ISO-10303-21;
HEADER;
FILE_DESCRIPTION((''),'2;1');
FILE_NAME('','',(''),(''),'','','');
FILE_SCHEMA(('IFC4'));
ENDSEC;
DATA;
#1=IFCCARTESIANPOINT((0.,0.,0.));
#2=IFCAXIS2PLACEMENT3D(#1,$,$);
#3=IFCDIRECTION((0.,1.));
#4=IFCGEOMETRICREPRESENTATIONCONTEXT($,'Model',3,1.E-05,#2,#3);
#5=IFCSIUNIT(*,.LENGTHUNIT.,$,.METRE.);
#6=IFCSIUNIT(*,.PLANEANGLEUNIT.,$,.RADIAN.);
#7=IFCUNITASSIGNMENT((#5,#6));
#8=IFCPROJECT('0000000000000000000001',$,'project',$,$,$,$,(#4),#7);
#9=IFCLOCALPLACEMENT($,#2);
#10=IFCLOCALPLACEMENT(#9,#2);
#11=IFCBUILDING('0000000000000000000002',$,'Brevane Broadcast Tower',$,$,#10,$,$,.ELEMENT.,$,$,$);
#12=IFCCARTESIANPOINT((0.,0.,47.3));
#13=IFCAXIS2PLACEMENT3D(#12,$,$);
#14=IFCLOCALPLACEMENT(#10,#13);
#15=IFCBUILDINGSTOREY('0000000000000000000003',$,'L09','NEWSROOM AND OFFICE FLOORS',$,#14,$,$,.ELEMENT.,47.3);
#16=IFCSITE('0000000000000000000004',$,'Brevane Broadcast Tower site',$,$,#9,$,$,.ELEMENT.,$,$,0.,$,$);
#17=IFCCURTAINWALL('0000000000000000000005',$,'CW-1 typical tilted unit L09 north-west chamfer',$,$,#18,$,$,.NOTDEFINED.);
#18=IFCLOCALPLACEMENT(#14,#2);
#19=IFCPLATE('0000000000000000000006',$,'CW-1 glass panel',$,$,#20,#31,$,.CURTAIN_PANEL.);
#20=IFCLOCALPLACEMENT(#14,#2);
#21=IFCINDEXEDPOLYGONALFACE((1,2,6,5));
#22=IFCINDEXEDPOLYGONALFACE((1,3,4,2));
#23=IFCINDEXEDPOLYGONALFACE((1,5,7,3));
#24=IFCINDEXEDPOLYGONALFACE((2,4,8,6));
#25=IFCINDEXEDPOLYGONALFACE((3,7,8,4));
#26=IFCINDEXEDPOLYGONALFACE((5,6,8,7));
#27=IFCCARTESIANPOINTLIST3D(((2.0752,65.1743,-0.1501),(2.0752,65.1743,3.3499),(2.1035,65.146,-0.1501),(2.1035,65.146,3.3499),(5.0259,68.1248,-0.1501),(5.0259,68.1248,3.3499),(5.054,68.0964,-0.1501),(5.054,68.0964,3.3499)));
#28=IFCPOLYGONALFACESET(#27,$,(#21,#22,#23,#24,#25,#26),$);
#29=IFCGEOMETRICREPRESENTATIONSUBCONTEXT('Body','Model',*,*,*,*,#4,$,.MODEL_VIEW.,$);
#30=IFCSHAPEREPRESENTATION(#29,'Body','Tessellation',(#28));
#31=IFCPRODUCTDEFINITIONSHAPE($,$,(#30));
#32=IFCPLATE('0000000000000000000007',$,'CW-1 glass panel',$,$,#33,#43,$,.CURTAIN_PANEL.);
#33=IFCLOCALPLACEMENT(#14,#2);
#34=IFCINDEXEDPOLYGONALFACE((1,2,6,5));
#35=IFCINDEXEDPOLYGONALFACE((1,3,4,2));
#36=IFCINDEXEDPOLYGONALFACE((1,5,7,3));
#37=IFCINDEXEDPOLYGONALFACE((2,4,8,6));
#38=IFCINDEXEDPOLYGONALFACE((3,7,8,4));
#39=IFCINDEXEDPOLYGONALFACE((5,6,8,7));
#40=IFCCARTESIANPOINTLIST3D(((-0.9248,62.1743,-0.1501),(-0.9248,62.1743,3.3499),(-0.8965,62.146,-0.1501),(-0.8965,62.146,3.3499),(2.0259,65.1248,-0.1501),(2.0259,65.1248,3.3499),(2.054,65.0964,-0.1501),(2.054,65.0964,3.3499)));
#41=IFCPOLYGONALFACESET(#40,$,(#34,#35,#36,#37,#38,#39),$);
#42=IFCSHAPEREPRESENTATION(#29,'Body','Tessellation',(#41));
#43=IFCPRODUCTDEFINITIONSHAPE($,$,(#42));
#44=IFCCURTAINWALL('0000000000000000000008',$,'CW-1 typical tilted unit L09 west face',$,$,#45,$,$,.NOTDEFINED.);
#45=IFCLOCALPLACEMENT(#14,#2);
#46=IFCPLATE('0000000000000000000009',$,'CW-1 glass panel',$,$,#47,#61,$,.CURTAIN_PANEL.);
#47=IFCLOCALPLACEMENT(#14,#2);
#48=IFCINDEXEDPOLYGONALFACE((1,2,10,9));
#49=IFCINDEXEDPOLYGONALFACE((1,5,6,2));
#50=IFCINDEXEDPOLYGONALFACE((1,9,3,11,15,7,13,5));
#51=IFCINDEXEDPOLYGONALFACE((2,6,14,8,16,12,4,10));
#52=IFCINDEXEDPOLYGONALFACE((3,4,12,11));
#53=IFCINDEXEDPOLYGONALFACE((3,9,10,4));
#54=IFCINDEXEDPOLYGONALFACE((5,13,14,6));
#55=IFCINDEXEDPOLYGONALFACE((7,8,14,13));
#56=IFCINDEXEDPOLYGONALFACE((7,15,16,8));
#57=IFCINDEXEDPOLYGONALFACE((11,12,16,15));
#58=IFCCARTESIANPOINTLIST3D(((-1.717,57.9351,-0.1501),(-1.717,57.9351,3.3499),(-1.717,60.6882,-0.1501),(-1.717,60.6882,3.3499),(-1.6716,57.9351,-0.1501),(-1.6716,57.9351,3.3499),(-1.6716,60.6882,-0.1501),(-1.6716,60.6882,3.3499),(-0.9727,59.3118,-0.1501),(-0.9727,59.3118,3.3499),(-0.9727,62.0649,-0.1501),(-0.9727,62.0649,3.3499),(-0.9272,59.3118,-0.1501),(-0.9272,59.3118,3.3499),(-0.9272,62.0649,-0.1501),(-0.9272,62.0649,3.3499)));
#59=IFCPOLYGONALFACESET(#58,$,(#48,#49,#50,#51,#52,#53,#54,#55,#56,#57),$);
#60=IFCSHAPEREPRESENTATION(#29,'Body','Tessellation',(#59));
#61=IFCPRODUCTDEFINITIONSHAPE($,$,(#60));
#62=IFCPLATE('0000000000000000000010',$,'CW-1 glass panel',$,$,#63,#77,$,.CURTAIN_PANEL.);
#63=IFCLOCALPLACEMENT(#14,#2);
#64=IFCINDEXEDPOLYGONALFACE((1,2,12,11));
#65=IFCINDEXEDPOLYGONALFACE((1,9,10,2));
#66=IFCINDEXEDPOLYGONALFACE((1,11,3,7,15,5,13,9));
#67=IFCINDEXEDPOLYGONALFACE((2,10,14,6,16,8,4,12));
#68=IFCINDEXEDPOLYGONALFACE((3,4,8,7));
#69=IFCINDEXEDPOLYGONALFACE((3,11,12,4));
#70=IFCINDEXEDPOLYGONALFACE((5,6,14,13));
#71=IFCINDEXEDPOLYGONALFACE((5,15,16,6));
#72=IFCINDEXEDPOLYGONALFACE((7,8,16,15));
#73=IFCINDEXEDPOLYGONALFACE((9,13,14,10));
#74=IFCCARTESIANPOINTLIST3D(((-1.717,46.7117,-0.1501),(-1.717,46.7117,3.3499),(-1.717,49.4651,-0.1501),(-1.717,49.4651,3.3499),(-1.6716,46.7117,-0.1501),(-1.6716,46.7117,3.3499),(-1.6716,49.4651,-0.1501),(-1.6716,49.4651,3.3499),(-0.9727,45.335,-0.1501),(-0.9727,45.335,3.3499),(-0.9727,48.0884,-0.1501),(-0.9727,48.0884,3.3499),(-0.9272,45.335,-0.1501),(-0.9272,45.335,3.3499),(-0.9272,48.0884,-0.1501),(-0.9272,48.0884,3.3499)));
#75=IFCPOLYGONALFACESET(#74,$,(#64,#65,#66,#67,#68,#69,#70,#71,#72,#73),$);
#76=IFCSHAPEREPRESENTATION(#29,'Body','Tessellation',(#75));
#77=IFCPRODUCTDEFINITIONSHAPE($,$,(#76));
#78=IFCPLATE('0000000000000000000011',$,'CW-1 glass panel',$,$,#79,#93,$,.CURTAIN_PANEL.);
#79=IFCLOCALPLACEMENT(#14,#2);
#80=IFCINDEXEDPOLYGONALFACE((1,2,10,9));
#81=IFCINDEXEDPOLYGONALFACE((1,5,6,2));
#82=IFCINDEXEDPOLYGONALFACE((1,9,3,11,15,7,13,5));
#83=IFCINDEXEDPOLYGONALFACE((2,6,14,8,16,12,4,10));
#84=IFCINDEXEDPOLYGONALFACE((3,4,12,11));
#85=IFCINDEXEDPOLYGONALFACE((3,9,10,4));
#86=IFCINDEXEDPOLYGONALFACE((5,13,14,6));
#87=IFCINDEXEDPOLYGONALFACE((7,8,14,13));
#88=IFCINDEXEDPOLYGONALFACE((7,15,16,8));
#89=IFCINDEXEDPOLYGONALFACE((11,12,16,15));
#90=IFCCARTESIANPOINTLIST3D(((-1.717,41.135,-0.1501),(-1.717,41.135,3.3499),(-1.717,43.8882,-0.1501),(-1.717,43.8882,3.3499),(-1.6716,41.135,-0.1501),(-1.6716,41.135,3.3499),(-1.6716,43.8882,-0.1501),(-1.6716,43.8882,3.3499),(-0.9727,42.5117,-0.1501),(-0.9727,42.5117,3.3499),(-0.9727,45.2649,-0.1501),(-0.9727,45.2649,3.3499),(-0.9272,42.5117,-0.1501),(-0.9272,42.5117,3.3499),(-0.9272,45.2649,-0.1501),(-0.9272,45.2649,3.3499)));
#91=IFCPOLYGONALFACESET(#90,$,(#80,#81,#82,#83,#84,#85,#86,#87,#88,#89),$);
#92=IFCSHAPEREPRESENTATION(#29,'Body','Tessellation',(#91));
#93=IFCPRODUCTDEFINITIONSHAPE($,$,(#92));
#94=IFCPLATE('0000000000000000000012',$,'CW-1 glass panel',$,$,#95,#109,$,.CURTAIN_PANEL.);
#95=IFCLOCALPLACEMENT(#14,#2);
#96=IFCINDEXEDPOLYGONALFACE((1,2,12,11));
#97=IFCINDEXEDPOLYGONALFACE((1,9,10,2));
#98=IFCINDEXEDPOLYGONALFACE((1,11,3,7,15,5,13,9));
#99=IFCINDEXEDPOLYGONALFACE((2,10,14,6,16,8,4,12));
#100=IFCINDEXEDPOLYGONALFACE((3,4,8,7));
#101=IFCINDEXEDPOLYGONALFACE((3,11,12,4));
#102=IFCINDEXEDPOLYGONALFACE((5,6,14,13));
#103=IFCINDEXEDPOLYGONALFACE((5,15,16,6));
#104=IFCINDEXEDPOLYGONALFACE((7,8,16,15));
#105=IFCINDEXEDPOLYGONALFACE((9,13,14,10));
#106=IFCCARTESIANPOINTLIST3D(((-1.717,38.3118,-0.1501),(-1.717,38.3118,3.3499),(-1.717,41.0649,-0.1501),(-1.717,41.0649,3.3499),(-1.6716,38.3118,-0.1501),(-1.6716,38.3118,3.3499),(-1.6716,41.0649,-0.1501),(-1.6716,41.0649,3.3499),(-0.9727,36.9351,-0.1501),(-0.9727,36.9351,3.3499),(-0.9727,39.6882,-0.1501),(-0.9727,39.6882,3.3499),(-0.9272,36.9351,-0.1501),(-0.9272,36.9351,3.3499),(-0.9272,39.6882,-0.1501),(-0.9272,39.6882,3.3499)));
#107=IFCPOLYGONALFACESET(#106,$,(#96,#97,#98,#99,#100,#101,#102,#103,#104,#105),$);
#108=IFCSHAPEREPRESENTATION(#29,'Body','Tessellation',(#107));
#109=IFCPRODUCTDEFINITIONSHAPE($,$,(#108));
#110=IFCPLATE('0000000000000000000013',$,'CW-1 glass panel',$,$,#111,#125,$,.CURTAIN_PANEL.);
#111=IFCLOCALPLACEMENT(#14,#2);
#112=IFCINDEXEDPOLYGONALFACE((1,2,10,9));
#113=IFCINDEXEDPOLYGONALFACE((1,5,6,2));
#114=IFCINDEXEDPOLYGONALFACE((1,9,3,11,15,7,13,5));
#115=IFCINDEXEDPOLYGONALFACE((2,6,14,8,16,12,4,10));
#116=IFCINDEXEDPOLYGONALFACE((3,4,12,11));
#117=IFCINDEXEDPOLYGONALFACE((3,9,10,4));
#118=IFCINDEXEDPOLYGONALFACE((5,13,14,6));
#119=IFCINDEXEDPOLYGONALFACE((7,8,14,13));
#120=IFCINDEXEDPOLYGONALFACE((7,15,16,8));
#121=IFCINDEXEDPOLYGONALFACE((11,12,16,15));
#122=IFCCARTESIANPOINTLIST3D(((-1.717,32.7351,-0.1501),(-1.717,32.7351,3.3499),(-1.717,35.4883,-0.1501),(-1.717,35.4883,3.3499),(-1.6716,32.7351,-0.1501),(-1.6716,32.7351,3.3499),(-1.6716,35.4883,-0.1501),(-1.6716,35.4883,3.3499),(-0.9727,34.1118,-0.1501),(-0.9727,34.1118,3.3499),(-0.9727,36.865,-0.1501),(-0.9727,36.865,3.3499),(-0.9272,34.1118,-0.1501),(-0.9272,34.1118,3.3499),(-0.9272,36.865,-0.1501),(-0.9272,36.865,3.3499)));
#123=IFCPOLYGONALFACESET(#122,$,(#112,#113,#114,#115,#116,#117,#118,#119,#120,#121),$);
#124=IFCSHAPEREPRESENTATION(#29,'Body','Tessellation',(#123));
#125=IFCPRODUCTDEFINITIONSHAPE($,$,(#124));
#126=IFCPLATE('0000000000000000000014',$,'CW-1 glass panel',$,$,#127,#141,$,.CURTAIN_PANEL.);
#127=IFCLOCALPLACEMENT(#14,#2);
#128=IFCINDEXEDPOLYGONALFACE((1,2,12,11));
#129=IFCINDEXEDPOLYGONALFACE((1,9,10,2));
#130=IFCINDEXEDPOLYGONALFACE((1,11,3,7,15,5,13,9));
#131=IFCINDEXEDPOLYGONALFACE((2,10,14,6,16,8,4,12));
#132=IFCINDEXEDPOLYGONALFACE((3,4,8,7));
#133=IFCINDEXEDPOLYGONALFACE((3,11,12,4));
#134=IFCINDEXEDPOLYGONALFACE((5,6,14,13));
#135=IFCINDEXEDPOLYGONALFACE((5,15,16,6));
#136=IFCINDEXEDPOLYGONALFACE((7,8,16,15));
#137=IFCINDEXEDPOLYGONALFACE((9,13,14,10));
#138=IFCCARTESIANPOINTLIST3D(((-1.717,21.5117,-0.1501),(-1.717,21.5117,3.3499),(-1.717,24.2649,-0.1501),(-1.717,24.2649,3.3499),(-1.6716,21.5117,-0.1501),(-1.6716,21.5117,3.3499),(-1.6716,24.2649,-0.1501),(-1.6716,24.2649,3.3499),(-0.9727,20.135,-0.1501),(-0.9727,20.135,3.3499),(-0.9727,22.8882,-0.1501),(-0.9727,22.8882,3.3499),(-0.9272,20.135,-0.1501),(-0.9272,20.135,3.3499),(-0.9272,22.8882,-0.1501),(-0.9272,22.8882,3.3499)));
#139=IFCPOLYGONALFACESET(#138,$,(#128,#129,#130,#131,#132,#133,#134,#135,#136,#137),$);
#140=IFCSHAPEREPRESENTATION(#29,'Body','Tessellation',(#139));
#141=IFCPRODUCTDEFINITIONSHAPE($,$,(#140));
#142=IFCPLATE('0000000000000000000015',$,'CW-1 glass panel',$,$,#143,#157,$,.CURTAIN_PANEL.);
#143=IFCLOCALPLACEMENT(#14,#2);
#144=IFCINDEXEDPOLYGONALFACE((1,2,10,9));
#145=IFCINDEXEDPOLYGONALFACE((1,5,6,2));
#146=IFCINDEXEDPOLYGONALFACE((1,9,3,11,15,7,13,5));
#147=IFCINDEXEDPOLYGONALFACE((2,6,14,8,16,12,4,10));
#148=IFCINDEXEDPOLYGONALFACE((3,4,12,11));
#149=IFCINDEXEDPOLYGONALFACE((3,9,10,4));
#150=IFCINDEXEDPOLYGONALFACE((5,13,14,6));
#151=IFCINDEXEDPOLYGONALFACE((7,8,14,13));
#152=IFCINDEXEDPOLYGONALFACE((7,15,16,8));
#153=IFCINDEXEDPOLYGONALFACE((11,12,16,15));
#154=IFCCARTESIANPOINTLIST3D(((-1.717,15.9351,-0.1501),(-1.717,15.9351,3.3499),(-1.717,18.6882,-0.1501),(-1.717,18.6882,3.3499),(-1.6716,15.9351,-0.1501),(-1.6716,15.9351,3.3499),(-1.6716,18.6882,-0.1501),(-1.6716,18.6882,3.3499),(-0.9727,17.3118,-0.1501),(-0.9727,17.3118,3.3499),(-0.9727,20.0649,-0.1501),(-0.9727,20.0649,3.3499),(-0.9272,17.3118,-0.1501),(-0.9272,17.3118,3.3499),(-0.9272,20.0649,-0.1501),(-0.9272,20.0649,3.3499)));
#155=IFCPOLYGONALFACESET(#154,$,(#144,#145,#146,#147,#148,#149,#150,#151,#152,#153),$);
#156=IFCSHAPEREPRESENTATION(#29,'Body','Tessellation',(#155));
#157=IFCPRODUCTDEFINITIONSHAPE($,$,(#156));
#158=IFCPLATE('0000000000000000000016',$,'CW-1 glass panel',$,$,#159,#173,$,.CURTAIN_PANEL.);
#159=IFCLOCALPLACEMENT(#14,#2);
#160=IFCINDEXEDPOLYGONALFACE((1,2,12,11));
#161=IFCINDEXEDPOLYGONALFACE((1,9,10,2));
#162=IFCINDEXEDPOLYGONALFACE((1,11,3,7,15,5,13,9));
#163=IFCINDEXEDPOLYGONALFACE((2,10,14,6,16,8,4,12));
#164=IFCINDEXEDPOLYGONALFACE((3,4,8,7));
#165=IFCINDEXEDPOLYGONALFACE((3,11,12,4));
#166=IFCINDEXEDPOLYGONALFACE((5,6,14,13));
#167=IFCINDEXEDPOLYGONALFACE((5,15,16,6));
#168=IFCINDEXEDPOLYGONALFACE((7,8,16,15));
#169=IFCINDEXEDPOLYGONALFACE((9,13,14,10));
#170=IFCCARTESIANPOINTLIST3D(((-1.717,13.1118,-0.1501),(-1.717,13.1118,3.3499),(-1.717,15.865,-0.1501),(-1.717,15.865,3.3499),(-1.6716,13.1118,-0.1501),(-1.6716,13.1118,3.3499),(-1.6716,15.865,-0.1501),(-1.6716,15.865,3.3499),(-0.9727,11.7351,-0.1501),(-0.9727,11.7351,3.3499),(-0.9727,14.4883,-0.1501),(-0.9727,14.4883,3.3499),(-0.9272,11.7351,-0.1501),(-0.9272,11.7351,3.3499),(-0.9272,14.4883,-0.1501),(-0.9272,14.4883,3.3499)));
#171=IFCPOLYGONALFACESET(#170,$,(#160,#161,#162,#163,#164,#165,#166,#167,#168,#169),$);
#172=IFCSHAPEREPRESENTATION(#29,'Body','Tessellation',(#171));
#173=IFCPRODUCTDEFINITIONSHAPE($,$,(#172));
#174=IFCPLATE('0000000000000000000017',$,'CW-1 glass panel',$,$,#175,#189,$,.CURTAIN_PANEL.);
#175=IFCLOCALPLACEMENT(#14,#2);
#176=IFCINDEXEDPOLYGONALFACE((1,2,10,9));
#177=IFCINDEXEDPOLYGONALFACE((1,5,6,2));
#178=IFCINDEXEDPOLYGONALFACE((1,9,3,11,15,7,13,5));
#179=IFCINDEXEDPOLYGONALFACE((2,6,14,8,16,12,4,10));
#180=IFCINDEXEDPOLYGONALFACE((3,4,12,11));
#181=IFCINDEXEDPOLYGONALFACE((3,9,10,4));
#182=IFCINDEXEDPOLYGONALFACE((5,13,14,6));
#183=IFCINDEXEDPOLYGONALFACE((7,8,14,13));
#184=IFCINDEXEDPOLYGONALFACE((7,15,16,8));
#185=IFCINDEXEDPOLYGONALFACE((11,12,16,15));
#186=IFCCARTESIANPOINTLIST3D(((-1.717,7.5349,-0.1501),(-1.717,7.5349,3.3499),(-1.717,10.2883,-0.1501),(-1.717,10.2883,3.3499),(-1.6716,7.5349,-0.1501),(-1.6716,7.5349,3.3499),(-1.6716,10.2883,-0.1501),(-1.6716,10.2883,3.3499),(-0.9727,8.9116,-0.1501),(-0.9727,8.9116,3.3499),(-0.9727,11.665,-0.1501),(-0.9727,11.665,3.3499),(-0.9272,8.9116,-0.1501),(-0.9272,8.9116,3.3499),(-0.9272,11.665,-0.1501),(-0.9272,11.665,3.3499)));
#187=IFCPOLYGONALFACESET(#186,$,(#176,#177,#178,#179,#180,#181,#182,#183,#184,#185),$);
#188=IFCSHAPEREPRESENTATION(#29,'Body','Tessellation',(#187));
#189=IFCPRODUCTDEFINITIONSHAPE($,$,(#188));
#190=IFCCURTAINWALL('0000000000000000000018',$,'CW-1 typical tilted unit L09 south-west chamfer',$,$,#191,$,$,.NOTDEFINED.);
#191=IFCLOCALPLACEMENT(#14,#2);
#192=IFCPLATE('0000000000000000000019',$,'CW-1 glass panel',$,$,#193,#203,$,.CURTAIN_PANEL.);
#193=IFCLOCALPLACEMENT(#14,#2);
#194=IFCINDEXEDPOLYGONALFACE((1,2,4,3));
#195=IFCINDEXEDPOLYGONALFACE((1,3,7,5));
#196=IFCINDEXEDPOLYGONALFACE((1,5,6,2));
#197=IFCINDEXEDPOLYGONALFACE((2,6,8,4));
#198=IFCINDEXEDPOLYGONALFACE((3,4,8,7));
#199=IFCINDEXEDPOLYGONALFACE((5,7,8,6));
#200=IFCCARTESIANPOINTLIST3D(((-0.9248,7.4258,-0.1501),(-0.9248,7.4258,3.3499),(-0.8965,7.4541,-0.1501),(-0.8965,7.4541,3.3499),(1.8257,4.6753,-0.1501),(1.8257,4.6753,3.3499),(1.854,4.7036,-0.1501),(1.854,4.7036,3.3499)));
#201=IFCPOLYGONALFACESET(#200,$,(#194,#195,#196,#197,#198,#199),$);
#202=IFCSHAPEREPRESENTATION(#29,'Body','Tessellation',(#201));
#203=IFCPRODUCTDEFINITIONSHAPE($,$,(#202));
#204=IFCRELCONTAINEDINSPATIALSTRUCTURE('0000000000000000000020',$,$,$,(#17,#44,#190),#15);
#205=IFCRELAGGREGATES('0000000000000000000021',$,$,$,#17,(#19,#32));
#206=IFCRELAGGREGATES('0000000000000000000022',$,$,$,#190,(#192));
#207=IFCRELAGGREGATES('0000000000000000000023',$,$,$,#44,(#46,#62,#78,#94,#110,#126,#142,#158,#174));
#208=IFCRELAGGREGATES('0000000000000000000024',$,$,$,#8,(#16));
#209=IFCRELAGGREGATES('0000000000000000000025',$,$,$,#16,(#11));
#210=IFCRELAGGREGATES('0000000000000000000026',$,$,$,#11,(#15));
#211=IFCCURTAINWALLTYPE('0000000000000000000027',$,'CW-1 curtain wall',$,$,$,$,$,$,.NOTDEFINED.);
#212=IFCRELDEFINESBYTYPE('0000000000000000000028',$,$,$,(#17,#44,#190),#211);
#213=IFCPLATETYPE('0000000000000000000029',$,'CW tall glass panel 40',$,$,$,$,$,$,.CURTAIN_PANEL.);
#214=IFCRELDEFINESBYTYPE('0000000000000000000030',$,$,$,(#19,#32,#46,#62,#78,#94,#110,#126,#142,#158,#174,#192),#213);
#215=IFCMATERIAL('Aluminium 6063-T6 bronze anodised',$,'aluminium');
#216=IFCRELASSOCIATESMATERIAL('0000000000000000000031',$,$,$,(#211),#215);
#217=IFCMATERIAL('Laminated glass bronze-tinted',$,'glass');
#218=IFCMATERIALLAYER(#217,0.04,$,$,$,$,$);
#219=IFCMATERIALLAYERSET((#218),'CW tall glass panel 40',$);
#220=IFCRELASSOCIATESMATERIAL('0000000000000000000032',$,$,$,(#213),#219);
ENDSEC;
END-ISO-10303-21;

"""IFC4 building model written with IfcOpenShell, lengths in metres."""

from ifc_helpers import new_model, si_unit, direction, frame, origin, place, context, subcontext, project, spatial, polyline, outline, extrude, material, layer, layer_set, type_object, element, aggregate, save


model = new_model("IFC4")

# Units and contexts
model_context = context("Model", 3, precision=1e-05, world=origin(), true_north=direction((0.0, 1.0)))
body_context = subcontext(model_context, "Body", "Model", "MODEL_VIEW")
ifc_project = project(units=[si_unit("LENGTHUNIT", "METRE"), si_unit("PLANEANGLEUNIT", "RADIAN")], contexts=[model_context])

# Site, building, storey
site_placement = place(None, origin())
site = spatial("IfcSite", under=ifc_project, at=site_placement, Name="Brevane Broadcast Tower site", CompositionType="ELEMENT", RefElevation=0.0)
building_placement = place(site_placement, origin())
building = spatial("IfcBuilding", under=site, at=building_placement, Name="Brevane Broadcast Tower", CompositionType="ELEMENT")
storey_placement = place(building_placement, frame((0.0, 0.0, 47.3)))
storey = spatial("IfcBuildingStorey", under=building, at=storey_placement, Name="L09", Description="NEWSROOM AND OFFICE FLOORS", CompositionType="ELEMENT", Elevation=47.3)

# Curtain walls, plates
ifc_material_1 = material(Name="Aluminium 6063-T6 bronze anodised", Category="aluminium")
curtain_wall_type = type_object("IfcCurtainWallType", Name="CW-1 curtain wall", PredefinedType="NOTDEFINED", material=ifc_material_1)
curtain_wall_1_placement = place(storey_placement, origin())
curtain_wall_1 = element("IfcCurtainWall", 1, at=curtain_wall_1_placement, inside=storey, type_object=curtain_wall_type, Name="CW-1 typical tilted unit L09 north-west chamfer", PredefinedType="NOTDEFINED")
ifc_material_2 = material(Name="Laminated glass bronze-tinted", Category="glass")
ifc_layer_1 = layer(ifc_material_2, 0.04)
ifc_layer_set_1 = layer_set([ifc_layer_1], Name="CW tall glass panel 40")
plate_type = type_object("IfcPlateType", Name="CW tall glass panel 40", PredefinedType="CURTAIN_PANEL", material=ifc_layer_set_1)
plate_1_placement = place(storey_placement, frame((0.0, 0.0, -0.1501)))
plate_1 = element("IfcPlate", 2, at=plate_1_placement, type_object=plate_type, Name="CW-1 glass panel", PredefinedType="CURTAIN_PANEL", context=body_context, shape_type="SweptSolid", body=[
    extrude(outline(polyline([(5.054, 68.0964), (2.1035, 65.146), (2.0752, 65.1743), (5.0259, 68.1248), (5.054, 68.0964)])), origin(), (0.0, 0.0, 1.0), 3.5),
])
plate_2_placement = place(storey_placement, frame((0.0, 0.0, -0.1501)))
plate_2 = element("IfcPlate", 3, at=plate_2_placement, type_object=plate_type, Name="CW-1 glass panel", PredefinedType="CURTAIN_PANEL", context=body_context, shape_type="SweptSolid", body=[
    extrude(outline(polyline([(2.054, 65.0964), (-0.8965, 62.146), (-0.9248, 62.1743), (2.0259, 65.1248), (2.054, 65.0964)])), origin(), (0.0, 0.0, 1.0), 3.5),
])
aggregate(curtain_wall_1, [plate_1, plate_2])
curtain_wall_2_placement = place(storey_placement, origin())
curtain_wall_2 = element("IfcCurtainWall", 4, at=curtain_wall_2_placement, inside=storey, type_object=curtain_wall_type, Name="CW-1 typical tilted unit L09 west face", PredefinedType="NOTDEFINED")
plate_3_placement = place(storey_placement, frame((0.0, 0.0, -0.1501)))
plate_3 = element("IfcPlate", 5, at=plate_3_placement, type_object=plate_type, Name="CW-1 glass panel", PredefinedType="CURTAIN_PANEL", context=body_context, shape_type="SweptSolid", body=[
    extrude(outline(polyline([(-0.9272, 62.0649), (-0.9727, 62.0649), (-1.717, 60.6882), (-0.9727, 59.3118), (-1.717, 57.9351), (-1.6716, 57.9351), (-0.9272, 59.3118), (-1.6716, 60.6882), (-0.9272, 62.0649)])), origin(), (0.0, 0.0, 1.0), 3.5),
])
plate_4_placement = place(storey_placement, frame((0.0, 0.0, -0.1501)))
plate_4 = element("IfcPlate", 6, at=plate_4_placement, type_object=plate_type, Name="CW-1 glass panel", PredefinedType="CURTAIN_PANEL", context=body_context, shape_type="SweptSolid", body=[
    extrude(outline(polyline([(-1.6716, 49.4651), (-1.717, 49.4651), (-0.9727, 48.0884), (-1.717, 46.7117), (-0.9727, 45.335), (-0.9272, 45.335), (-1.6716, 46.7117), (-0.9272, 48.0884), (-1.6716, 49.4651)])), origin(), (0.0, 0.0, 1.0), 3.5),
])
plate_5_placement = place(storey_placement, frame((0.0, 0.0, -0.1501)))
plate_5 = element("IfcPlate", 7, at=plate_5_placement, type_object=plate_type, Name="CW-1 glass panel", PredefinedType="CURTAIN_PANEL", context=body_context, shape_type="SweptSolid", body=[
    extrude(outline(polyline([(-0.9272, 45.2649), (-0.9727, 45.2649), (-1.717, 43.8882), (-0.9727, 42.5117), (-1.717, 41.135), (-1.6716, 41.135), (-0.9272, 42.5117), (-1.6716, 43.8882), (-0.9272, 45.2649)])), origin(), (0.0, 0.0, 1.0), 3.5),
])
plate_6_placement = place(storey_placement, frame((0.0, 0.0, -0.1501)))
plate_6 = element("IfcPlate", 8, at=plate_6_placement, type_object=plate_type, Name="CW-1 glass panel", PredefinedType="CURTAIN_PANEL", context=body_context, shape_type="SweptSolid", body=[
    extrude(outline(polyline([(-1.6716, 41.0649), (-1.717, 41.0649), (-0.9727, 39.6882), (-1.717, 38.3118), (-0.9727, 36.9351), (-0.9272, 36.9351), (-1.6716, 38.3118), (-0.9272, 39.6882), (-1.6716, 41.0649)])), origin(), (0.0, 0.0, 1.0), 3.5),
])
plate_7_placement = place(storey_placement, frame((0.0, 0.0, -0.1501)))
plate_7 = element("IfcPlate", 9, at=plate_7_placement, type_object=plate_type, Name="CW-1 glass panel", PredefinedType="CURTAIN_PANEL", context=body_context, shape_type="SweptSolid", body=[
    extrude(outline(polyline([(-0.9272, 36.865), (-0.9727, 36.865), (-1.717, 35.4883), (-0.9727, 34.1118), (-1.717, 32.7351), (-1.6716, 32.7351), (-0.9272, 34.1118), (-1.6716, 35.4883), (-0.9272, 36.865)])), origin(), (0.0, 0.0, 1.0), 3.5),
])
plate_8_placement = place(storey_placement, frame((0.0, 0.0, -0.1501)))
plate_8 = element("IfcPlate", 10, at=plate_8_placement, type_object=plate_type, Name="CW-1 glass panel", PredefinedType="CURTAIN_PANEL", context=body_context, shape_type="SweptSolid", body=[
    extrude(outline(polyline([(-1.6716, 24.2649), (-1.717, 24.2649), (-0.9727, 22.8882), (-1.717, 21.5117), (-0.9727, 20.135), (-0.9272, 20.135), (-1.6716, 21.5117), (-0.9272, 22.8882), (-1.6716, 24.2649)])), origin(), (0.0, 0.0, 1.0), 3.5),
])
plate_9_placement = place(storey_placement, frame((0.0, 0.0, -0.1501)))
plate_9 = element("IfcPlate", 11, at=plate_9_placement, type_object=plate_type, Name="CW-1 glass panel", PredefinedType="CURTAIN_PANEL", context=body_context, shape_type="SweptSolid", body=[
    extrude(outline(polyline([(-0.9272, 20.0649), (-0.9727, 20.0649), (-1.717, 18.6882), (-0.9727, 17.3118), (-1.717, 15.9351), (-1.6716, 15.9351), (-0.9272, 17.3118), (-1.6716, 18.6882), (-0.9272, 20.0649)])), origin(), (0.0, 0.0, 1.0), 3.5),
])
plate_10_placement = place(storey_placement, frame((0.0, 0.0, -0.1501)))
plate_10 = element("IfcPlate", 12, at=plate_10_placement, type_object=plate_type, Name="CW-1 glass panel", PredefinedType="CURTAIN_PANEL", context=body_context, shape_type="SweptSolid", body=[
    extrude(outline(polyline([(-1.6716, 15.865), (-1.717, 15.865), (-0.9727, 14.4883), (-1.717, 13.1118), (-0.9727, 11.7351), (-0.9272, 11.7351), (-1.6716, 13.1118), (-0.9272, 14.4883), (-1.6716, 15.865)])), origin(), (0.0, 0.0, 1.0), 3.5),
])
plate_11_placement = place(storey_placement, frame((0.0, 0.0, -0.1501)))
plate_11 = element("IfcPlate", 13, at=plate_11_placement, type_object=plate_type, Name="CW-1 glass panel", PredefinedType="CURTAIN_PANEL", context=body_context, shape_type="SweptSolid", body=[
    extrude(outline(polyline([(-0.9272, 11.665), (-0.9727, 11.665), (-1.717, 10.2883), (-0.9727, 8.9116), (-1.717, 7.5349), (-1.6716, 7.5349), (-0.9272, 8.9116), (-1.6716, 10.2883), (-0.9272, 11.665)])), origin(), (0.0, 0.0, 1.0), 3.5),
])
curtain_wall_3_placement = place(storey_placement, origin())
curtain_wall_3 = element("IfcCurtainWall", 14, at=curtain_wall_3_placement, inside=storey, type_object=curtain_wall_type, Name="CW-1 typical tilted unit L09 south-west chamfer", PredefinedType="NOTDEFINED")
plate_12_placement = place(storey_placement, frame((0.0, 0.0, -0.1501)))
plate_12 = element("IfcPlate", 15, at=plate_12_placement, type_object=plate_type, Name="CW-1 glass panel", PredefinedType="CURTAIN_PANEL", context=body_context, shape_type="SweptSolid", body=[
    extrude(outline(polyline([(-0.8965, 7.4541), (1.854, 4.7036), (1.8257, 4.6753), (-0.9248, 7.4258), (-0.8965, 7.4541)])), origin(), (0.0, 0.0, 1.0), 3.5),
])
aggregate(curtain_wall_3, [plate_12])

aggregate(curtain_wall_2, [plate_3, plate_4, plate_5, plate_6, plate_7, plate_8, plate_9, plate_10, plate_11])

save(model, "model.ifc")
